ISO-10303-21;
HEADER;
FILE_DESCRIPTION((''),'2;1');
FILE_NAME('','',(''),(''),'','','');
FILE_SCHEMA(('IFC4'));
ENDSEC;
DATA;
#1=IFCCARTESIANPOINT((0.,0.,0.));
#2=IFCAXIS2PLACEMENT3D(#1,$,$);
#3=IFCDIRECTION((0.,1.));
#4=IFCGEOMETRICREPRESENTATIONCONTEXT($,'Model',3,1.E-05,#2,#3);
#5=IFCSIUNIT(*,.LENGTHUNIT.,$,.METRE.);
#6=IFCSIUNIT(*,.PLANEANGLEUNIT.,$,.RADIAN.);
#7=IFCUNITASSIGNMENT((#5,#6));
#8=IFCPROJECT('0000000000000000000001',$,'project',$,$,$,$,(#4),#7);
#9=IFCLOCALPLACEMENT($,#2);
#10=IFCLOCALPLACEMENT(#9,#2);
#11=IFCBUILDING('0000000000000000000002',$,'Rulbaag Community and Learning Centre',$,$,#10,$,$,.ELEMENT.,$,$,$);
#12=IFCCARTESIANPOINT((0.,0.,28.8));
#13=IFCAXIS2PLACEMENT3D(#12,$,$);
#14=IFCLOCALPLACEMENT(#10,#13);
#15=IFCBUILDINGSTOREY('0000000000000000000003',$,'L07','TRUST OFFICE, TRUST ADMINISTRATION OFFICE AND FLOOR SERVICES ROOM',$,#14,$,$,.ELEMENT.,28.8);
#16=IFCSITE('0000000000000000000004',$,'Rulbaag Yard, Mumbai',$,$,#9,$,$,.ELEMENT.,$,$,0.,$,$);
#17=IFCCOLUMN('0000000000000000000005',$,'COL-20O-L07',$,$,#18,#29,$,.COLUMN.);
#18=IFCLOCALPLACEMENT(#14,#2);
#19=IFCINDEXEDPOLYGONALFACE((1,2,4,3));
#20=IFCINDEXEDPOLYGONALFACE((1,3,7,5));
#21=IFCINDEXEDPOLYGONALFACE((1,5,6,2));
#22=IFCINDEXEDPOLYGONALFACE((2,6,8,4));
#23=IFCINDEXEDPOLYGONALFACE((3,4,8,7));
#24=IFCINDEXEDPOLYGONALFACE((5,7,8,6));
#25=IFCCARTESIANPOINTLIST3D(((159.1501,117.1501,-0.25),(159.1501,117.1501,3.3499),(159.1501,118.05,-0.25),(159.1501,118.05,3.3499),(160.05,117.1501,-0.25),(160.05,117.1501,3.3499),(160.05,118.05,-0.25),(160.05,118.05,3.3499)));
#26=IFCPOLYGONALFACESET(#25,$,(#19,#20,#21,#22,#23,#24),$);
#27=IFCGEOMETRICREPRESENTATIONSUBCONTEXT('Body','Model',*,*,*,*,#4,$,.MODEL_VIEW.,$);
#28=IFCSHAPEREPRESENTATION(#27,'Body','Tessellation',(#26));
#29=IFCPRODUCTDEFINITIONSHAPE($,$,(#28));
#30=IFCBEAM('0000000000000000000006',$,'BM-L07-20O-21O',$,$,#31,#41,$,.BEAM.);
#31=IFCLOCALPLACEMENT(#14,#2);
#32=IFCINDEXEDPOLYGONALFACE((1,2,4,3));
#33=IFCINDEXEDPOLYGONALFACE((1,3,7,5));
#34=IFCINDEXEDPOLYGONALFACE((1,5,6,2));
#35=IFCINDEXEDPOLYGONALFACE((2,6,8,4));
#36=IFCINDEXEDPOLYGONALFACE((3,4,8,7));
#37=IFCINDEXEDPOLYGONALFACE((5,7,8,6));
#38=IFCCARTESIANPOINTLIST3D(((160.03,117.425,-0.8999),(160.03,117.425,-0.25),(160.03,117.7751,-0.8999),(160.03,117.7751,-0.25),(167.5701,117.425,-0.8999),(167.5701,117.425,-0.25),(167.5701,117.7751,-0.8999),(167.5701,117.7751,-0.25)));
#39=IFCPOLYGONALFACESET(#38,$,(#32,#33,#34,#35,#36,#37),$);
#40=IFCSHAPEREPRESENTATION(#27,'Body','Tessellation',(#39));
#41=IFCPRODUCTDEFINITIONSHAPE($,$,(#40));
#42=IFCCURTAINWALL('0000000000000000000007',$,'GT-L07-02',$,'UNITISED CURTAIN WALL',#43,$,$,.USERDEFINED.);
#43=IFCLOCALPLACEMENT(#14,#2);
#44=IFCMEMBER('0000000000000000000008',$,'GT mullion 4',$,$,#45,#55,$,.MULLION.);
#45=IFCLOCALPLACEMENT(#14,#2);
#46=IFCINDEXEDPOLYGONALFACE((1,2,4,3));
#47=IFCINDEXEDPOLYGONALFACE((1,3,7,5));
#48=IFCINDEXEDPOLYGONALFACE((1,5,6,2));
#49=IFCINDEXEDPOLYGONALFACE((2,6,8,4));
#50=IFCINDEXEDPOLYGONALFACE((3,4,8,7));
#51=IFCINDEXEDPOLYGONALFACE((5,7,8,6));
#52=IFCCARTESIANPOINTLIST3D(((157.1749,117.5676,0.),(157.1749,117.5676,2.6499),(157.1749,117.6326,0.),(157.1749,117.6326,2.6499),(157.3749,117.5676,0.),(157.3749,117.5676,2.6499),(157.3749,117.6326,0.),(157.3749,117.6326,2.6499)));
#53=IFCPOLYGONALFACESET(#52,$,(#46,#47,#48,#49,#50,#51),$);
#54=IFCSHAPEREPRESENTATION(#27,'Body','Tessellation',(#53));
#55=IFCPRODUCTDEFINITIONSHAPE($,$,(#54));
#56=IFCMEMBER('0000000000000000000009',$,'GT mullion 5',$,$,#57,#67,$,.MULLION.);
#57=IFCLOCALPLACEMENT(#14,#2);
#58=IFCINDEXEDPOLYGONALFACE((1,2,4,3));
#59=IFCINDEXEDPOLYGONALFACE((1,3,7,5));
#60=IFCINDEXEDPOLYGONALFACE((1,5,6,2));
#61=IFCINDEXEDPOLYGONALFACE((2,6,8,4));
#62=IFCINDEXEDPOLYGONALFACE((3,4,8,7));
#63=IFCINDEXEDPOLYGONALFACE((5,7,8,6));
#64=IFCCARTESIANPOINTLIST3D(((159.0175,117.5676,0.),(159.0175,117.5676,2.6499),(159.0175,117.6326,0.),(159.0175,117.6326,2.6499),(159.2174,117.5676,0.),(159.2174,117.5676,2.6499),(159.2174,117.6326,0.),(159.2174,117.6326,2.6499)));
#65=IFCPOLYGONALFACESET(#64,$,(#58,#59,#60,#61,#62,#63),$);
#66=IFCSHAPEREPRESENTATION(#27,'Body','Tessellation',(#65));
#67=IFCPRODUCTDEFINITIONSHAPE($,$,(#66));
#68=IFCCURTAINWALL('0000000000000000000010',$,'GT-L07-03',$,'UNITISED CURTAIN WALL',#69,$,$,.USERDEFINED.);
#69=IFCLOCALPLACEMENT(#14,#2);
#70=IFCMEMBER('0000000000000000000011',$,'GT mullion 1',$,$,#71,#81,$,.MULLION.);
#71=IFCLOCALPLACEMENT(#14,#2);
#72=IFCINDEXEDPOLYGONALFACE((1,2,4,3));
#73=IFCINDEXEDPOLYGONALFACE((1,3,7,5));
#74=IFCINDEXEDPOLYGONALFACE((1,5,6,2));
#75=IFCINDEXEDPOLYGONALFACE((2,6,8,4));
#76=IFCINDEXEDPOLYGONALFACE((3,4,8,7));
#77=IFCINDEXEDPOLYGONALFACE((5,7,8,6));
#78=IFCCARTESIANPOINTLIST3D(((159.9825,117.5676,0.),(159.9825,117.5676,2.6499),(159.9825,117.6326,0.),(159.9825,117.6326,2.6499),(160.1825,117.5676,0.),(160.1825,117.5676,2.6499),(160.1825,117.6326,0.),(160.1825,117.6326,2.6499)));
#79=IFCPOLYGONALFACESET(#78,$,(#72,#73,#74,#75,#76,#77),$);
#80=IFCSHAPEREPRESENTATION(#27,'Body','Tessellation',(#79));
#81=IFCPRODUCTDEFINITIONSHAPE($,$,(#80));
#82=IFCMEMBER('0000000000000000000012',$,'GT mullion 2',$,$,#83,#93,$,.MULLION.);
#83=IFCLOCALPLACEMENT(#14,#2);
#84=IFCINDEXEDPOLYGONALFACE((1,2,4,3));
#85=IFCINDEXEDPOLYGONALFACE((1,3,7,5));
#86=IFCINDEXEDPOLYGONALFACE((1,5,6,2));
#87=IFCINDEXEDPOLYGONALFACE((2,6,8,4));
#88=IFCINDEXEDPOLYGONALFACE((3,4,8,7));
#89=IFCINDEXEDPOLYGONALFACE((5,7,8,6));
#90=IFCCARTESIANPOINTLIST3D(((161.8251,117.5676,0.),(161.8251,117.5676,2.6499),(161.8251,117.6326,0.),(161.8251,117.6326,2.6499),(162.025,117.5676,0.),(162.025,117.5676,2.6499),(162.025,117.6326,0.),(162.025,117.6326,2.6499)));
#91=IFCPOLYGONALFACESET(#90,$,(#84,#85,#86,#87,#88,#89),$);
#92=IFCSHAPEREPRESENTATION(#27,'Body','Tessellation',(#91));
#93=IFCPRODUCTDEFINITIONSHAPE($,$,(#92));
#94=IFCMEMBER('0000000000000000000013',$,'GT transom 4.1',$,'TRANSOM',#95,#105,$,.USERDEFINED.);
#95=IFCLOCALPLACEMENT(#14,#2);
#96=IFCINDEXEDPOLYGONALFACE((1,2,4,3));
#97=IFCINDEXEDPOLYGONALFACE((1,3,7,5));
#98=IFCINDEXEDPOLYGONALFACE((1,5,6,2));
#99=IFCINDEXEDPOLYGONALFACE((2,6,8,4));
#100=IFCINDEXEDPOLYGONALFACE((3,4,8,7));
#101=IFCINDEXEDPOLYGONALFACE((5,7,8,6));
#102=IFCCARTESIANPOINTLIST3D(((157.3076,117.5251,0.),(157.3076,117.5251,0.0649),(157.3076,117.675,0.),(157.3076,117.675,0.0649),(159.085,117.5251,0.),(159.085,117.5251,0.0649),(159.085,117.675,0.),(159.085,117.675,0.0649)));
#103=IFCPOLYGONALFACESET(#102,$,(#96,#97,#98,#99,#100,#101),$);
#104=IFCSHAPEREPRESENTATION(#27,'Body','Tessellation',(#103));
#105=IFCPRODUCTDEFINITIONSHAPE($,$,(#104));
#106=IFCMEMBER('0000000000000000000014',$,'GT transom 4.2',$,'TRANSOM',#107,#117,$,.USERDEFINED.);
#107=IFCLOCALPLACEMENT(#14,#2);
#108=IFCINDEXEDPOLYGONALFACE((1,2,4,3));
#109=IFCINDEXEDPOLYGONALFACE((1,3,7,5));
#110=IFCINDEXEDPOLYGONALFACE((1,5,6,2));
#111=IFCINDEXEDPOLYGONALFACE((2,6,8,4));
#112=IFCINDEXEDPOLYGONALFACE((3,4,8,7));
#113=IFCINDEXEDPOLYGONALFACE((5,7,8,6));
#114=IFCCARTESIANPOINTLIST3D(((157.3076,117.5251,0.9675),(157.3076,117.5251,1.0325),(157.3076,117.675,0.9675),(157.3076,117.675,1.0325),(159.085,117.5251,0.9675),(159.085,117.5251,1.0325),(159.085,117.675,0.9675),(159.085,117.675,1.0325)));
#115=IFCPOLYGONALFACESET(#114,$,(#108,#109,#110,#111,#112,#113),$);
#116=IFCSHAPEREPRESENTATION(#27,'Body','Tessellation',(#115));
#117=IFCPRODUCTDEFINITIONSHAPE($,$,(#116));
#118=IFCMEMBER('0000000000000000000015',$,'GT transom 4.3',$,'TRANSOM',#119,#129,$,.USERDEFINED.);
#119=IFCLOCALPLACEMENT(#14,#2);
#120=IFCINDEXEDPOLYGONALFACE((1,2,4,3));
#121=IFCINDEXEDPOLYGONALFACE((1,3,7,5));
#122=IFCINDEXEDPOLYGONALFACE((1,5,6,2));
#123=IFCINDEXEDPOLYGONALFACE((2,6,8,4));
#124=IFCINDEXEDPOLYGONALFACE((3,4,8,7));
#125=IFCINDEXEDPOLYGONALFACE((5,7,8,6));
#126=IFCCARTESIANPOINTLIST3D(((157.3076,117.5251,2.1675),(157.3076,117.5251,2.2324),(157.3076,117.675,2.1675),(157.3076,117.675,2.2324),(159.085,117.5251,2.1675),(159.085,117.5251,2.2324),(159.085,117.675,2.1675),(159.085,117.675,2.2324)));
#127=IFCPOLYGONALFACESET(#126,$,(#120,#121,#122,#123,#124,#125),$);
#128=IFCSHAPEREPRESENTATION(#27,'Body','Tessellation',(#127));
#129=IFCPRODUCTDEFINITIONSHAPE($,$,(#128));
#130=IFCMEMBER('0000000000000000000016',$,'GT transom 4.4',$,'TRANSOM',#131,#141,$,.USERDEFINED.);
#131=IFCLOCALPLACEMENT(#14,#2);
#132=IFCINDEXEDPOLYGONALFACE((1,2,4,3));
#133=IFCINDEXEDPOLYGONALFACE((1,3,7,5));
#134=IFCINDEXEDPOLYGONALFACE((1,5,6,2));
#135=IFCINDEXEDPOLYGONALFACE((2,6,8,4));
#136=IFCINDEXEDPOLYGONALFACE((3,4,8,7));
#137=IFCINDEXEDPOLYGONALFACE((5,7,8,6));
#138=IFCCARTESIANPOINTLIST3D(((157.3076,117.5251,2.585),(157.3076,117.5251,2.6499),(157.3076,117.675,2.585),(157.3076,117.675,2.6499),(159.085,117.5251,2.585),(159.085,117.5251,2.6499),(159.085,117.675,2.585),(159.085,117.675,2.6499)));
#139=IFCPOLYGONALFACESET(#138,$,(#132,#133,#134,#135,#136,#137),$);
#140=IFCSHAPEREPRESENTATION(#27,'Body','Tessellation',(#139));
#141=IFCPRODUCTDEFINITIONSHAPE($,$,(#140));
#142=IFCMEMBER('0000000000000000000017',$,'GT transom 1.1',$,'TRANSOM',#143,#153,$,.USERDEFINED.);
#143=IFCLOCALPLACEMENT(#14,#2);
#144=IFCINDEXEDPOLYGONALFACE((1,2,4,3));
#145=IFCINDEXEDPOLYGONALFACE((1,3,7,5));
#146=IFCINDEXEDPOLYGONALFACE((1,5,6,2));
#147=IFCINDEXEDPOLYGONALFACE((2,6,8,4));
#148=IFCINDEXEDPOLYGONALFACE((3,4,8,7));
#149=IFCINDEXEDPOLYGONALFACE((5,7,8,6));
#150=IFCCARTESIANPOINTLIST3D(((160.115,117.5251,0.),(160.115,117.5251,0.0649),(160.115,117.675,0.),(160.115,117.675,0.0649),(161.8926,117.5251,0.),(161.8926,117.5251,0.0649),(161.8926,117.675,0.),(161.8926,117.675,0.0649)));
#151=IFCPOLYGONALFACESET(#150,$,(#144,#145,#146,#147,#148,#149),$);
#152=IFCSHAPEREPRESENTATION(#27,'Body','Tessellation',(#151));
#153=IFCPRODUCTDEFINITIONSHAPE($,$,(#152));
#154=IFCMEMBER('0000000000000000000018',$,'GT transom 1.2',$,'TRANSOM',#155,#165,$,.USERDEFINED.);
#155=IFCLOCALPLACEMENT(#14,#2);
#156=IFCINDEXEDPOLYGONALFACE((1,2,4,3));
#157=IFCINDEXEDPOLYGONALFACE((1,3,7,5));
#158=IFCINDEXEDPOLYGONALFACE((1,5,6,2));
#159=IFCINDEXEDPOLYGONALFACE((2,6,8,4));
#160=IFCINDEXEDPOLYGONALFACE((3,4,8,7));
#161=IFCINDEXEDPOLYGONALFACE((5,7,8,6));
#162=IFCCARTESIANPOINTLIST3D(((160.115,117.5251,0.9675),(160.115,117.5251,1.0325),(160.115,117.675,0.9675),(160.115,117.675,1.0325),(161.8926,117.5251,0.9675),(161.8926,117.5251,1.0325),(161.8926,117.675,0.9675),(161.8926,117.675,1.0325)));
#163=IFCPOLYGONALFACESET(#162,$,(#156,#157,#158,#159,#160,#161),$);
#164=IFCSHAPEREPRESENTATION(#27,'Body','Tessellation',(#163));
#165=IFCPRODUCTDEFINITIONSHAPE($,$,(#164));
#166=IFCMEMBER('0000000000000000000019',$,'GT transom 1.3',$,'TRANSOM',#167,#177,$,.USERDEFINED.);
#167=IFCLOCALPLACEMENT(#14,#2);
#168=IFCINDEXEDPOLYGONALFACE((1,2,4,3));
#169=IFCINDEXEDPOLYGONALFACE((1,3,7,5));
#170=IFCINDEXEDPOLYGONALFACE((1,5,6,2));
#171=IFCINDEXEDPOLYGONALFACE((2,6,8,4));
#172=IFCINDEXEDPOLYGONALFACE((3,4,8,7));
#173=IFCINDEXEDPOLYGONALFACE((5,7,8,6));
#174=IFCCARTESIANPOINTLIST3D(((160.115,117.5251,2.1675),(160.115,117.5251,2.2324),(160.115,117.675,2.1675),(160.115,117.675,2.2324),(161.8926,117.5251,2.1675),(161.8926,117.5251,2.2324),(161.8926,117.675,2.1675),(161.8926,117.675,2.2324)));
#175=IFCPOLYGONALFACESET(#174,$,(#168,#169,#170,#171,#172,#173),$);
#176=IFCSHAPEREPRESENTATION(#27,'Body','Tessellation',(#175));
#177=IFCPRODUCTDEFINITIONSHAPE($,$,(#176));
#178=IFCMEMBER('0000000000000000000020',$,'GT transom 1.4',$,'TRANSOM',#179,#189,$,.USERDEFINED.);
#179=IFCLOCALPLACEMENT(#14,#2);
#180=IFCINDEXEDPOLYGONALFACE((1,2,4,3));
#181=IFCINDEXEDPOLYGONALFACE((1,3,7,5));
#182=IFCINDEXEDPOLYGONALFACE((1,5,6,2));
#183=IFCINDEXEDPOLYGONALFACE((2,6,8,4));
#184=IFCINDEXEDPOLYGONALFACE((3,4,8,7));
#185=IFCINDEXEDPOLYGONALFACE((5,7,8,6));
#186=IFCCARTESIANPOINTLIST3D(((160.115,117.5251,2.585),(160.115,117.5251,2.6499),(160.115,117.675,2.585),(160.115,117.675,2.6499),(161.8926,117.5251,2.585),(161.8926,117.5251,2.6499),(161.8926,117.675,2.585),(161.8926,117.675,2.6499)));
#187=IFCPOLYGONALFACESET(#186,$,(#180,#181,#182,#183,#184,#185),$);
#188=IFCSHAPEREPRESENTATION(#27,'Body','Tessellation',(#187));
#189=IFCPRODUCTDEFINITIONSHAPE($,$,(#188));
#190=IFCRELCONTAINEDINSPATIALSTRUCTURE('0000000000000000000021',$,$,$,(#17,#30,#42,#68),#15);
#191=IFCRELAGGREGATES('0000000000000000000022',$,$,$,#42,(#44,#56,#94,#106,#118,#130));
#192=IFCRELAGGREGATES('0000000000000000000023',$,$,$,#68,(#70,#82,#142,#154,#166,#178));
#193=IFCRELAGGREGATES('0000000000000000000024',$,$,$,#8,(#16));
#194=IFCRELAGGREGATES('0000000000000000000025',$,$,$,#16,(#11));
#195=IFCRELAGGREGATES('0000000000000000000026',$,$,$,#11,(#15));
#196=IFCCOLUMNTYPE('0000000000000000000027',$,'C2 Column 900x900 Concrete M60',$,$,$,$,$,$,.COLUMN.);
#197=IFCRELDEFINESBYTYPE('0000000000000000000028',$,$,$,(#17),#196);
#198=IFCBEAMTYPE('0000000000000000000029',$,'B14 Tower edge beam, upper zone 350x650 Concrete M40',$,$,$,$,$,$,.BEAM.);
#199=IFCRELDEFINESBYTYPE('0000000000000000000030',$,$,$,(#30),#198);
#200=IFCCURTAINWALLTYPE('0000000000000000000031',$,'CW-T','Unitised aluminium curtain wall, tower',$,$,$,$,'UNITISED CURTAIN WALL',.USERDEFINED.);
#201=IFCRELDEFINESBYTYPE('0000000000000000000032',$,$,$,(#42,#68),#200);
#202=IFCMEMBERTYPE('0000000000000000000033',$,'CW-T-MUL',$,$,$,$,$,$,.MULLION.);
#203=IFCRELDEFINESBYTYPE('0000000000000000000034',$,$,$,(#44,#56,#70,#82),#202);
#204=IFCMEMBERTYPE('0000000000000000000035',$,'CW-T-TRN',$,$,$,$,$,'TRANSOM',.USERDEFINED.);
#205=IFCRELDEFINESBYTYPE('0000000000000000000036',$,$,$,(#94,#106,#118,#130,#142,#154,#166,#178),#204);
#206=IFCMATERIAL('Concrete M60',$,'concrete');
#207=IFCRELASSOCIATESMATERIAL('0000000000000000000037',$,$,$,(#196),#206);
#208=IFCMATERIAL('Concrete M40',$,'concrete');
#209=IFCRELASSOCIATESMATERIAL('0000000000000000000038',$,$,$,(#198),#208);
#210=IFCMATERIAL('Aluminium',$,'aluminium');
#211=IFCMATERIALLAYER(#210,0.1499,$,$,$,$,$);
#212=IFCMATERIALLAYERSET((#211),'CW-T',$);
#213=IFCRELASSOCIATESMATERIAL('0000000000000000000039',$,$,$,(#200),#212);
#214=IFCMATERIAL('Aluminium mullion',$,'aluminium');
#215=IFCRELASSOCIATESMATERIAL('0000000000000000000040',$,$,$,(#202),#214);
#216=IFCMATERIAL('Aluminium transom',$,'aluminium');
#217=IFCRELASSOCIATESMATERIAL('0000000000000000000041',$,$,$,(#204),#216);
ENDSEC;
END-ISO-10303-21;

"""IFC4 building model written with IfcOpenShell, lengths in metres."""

from ifc_helpers import new_model, si_unit, direction, frame, origin, origin_2d, place, context, subcontext, project, spatial, rectangle, extrude, material, layer, layer_set, material_profile, profile_set, type_object, element, aggregate, save


model = new_model("IFC4")

# Units and contexts
model_context = context("Model", 3, precision=1e-05, world=origin(), true_north=direction((0.0, 1.0)))
body_context = subcontext(model_context, "Body", "Model", "MODEL_VIEW")
ifc_project = project(units=[si_unit("LENGTHUNIT", "METRE"), si_unit("PLANEANGLEUNIT", "RADIAN")], contexts=[model_context])

# Site, building, storey
site_placement = place(None, origin())
site = spatial("IfcSite", under=ifc_project, at=site_placement, Name="Rulbaag Yard, Mumbai", CompositionType="ELEMENT", RefElevation=0.0)
building_placement = place(site_placement, origin())
building = spatial("IfcBuilding", under=site, at=building_placement, Name="Rulbaag Community and Learning Centre", CompositionType="ELEMENT")
storey_placement = place(building_placement, frame((0.0, 0.0, 28.8)))
storey = spatial("IfcBuildingStorey", under=building, at=storey_placement, Name="L07", Description="TRUST OFFICE, TRUST ADMINISTRATION OFFICE AND FLOOR SERVICES ROOM", CompositionType="ELEMENT", Elevation=28.8)

# Column
ifc_material_1 = material(Name="Concrete M60", Category="concrete")
ifc_material_profile_1 = material_profile(ifc_material_1, rectangle(XDim=0.8999, YDim=0.8999, at=origin_2d()), Name="RC900x900")
ifc_profile_set_1 = profile_set([ifc_material_profile_1], Name="Concrete M60")
column_type = type_object("IfcColumnType", Name="C2 Column 900x900 Concrete M60", PredefinedType="COLUMN", material=ifc_profile_set_1)
column_placement = place(storey_placement, frame((159.6001, 117.6001, -0.25), z_axis=(0.0, 0.0, 1.0), x_axis=(1.0, 0.0, 0.0)))
element("IfcColumn", 1, at=column_placement, inside=storey, type_object=column_type, Name="COL-20O-L07", PredefinedType="COLUMN", context=body_context, shape_type="SweptSolid", body=[
    extrude(rectangle(XDim=0.8999, YDim=0.8999, at=origin_2d()), origin(), (0.0, 0.0, 1.0), 3.5999),
])

# Beam
ifc_material_2 = material(Name="Concrete M40", Category="concrete")
ifc_material_profile_2 = material_profile(ifc_material_2, rectangle(XDim=0.3501, YDim=0.6499, at=origin_2d()), Name="RB350x650")
ifc_profile_set_2 = profile_set([ifc_material_profile_2], Name="Concrete M40")
beam_type = type_object("IfcBeamType", Name="B14 Tower edge beam, upper zone 350x650 Concrete M40", PredefinedType="BEAM", material=ifc_profile_set_2)
beam_placement = place(storey_placement, frame((160.03, 117.6001, -0.575), z_axis=(1.0, 0.0, 0.0), x_axis=(0.0, 1.0, 0.0)))
element("IfcBeam", 2, at=beam_placement, inside=storey, type_object=beam_type, Name="BM-L07-20O-21O", PredefinedType="BEAM", context=body_context, shape_type="SweptSolid", body=[
    extrude(rectangle(XDim=0.3501, YDim=0.6499, at=origin_2d()), origin(), (0.0, 0.0, 1.0), 7.54),
])

# Curtain walls, members
ifc_material_3 = material(Name="Aluminium", Category="aluminium")
ifc_layer_1 = layer(ifc_material_3, 0.1499)
ifc_layer_set_1 = layer_set([ifc_layer_1], Name="CW-T")
curtain_wall_type = type_object("IfcCurtainWallType", Name="CW-T", Description="Unitised aluminium curtain wall, tower", ElementType="UNITISED CURTAIN WALL", PredefinedType="USERDEFINED", material=ifc_layer_set_1)
curtain_wall_1_placement = place(storey_placement, origin())
curtain_wall_1 = element("IfcCurtainWall", 3, at=curtain_wall_1_placement, inside=storey, type_object=curtain_wall_type, Name="GT-L07-02", ObjectType="UNITISED CURTAIN WALL", PredefinedType="USERDEFINED")
ifc_material_4 = material(Name="Aluminium mullion", Category="aluminium")
ifc_material_profile_3 = material_profile(ifc_material_4, rectangle(XDim=0.0649, YDim=0.2, at=origin_2d()), Name="AL 65x200")
ifc_profile_set_3 = profile_set([ifc_material_profile_3], Name="Aluminium mullion")
member_type_1 = type_object("IfcMemberType", Name="CW-T-MUL", PredefinedType="MULLION", material=ifc_profile_set_3)
member_1_placement = place(storey_placement, frame((157.2749, 117.6001, 0.0), z_axis=(0.0, 0.0, 1.0), x_axis=(0.0, 1.0, 0.0)))
member_1 = element("IfcMember", 4, at=member_1_placement, type_object=member_type_1, Name="GT mullion 4", PredefinedType="MULLION", context=body_context, shape_type="SweptSolid", body=[
    extrude(rectangle(XDim=0.0649, YDim=0.2, at=origin_2d()), origin(), (0.0, 0.0, 1.0), 2.6499),
])
member_2_placement = place(storey_placement, frame((159.1174, 117.6001, 0.0), z_axis=(0.0, 0.0, 1.0), x_axis=(0.0, 1.0, 0.0)))
member_2 = element("IfcMember", 5, at=member_2_placement, type_object=member_type_1, Name="GT mullion 5", PredefinedType="MULLION", context=body_context, shape_type="SweptSolid", body=[
    extrude(rectangle(XDim=0.0649, YDim=0.2, at=origin_2d()), origin(), (0.0, 0.0, 1.0), 2.6499),
])
curtain_wall_2_placement = place(storey_placement, origin())
curtain_wall_2 = element("IfcCurtainWall", 6, at=curtain_wall_2_placement, inside=storey, type_object=curtain_wall_type, Name="GT-L07-03", ObjectType="UNITISED CURTAIN WALL", PredefinedType="USERDEFINED")
member_3_placement = place(storey_placement, frame((160.0825, 117.6001, 0.0), z_axis=(0.0, 0.0, 1.0), x_axis=(0.0, 1.0, 0.0)))
member_3 = element("IfcMember", 7, at=member_3_placement, type_object=member_type_1, Name="GT mullion 1", PredefinedType="MULLION", context=body_context, shape_type="SweptSolid", body=[
    extrude(rectangle(XDim=0.0649, YDim=0.2, at=origin_2d()), origin(), (0.0, 0.0, 1.0), 2.6499),
])
member_4_placement = place(storey_placement, frame((161.925, 117.6001, 0.0), z_axis=(0.0, 0.0, 1.0), x_axis=(0.0, 1.0, 0.0)))
member_4 = element("IfcMember", 8, at=member_4_placement, type_object=member_type_1, Name="GT mullion 2", PredefinedType="MULLION", context=body_context, shape_type="SweptSolid", body=[
    extrude(rectangle(XDim=0.0649, YDim=0.2, at=origin_2d()), origin(), (0.0, 0.0, 1.0), 2.6499),
])

# Members
ifc_material_5 = material(Name="Aluminium transom", Category="aluminium")
ifc_material_profile_4 = material_profile(ifc_material_5, rectangle(XDim=0.1499, YDim=0.0649, at=origin_2d()), Name="AL 65x150 T")
ifc_profile_set_4 = profile_set([ifc_material_profile_4], Name="Aluminium transom")
member_type_2 = type_object("IfcMemberType", Name="CW-T-TRN", ElementType="TRANSOM", PredefinedType="USERDEFINED", material=ifc_profile_set_4)
member_5_placement = place(storey_placement, frame((157.3076, 117.6001, 0.0325), z_axis=(1.0, 0.0, 0.0), x_axis=(0.0, 1.0, 0.0)))
member_5 = element("IfcMember", 9, at=member_5_placement, type_object=member_type_2, Name="GT transom 4.1", ObjectType="TRANSOM", PredefinedType="USERDEFINED", context=body_context, shape_type="SweptSolid", body=[
    extrude(rectangle(XDim=0.1499, YDim=0.0649, at=origin_2d()), origin(), (0.0, 0.0, 1.0), 1.7773),
])
member_6_placement = place(storey_placement, frame((157.3076, 117.6001, 1.0), z_axis=(1.0, 0.0, 0.0), x_axis=(0.0, 1.0, 0.0)))
member_6 = element("IfcMember", 10, at=member_6_placement, type_object=member_type_2, Name="GT transom 4.2", ObjectType="TRANSOM", PredefinedType="USERDEFINED", context=body_context, shape_type="SweptSolid", body=[
    extrude(rectangle(XDim=0.1499, YDim=0.0649, at=origin_2d()), origin(), (0.0, 0.0, 1.0), 1.7773),
])
member_7_placement = place(storey_placement, frame((157.3076, 117.6001, 2.2), z_axis=(1.0, 0.0, 0.0), x_axis=(0.0, 1.0, 0.0)))
member_7 = element("IfcMember", 11, at=member_7_placement, type_object=member_type_2, Name="GT transom 4.3", ObjectType="TRANSOM", PredefinedType="USERDEFINED", context=body_context, shape_type="SweptSolid", body=[
    extrude(rectangle(XDim=0.1499, YDim=0.0649, at=origin_2d()), origin(), (0.0, 0.0, 1.0), 1.7773),
])
member_8_placement = place(storey_placement, frame((157.3076, 117.6001, 2.6174), z_axis=(1.0, 0.0, 0.0), x_axis=(0.0, 1.0, 0.0)))
member_8 = element("IfcMember", 12, at=member_8_placement, type_object=member_type_2, Name="GT transom 4.4", ObjectType="TRANSOM", PredefinedType="USERDEFINED", context=body_context, shape_type="SweptSolid", body=[
    extrude(rectangle(XDim=0.1499, YDim=0.0649, at=origin_2d()), origin(), (0.0, 0.0, 1.0), 1.7773),
])
member_9_placement = place(storey_placement, frame((160.115, 117.6001, 0.0325), z_axis=(1.0, 0.0, 0.0), x_axis=(0.0, 1.0, 0.0)))
member_9 = element("IfcMember", 13, at=member_9_placement, type_object=member_type_2, Name="GT transom 1.1", ObjectType="TRANSOM", PredefinedType="USERDEFINED", context=body_context, shape_type="SweptSolid", body=[
    extrude(rectangle(XDim=0.1499, YDim=0.0649, at=origin_2d()), origin(), (0.0, 0.0, 1.0), 1.7776),
])
member_10_placement = place(storey_placement, frame((160.115, 117.6001, 1.0), z_axis=(1.0, 0.0, 0.0), x_axis=(0.0, 1.0, 0.0)))
member_10 = element("IfcMember", 14, at=member_10_placement, type_object=member_type_2, Name="GT transom 1.2", ObjectType="TRANSOM", PredefinedType="USERDEFINED", context=body_context, shape_type="SweptSolid", body=[
    extrude(rectangle(XDim=0.1499, YDim=0.0649, at=origin_2d()), origin(), (0.0, 0.0, 1.0), 1.7776),
])
member_11_placement = place(storey_placement, frame((160.115, 117.6001, 2.2), z_axis=(1.0, 0.0, 0.0), x_axis=(0.0, 1.0, 0.0)))
member_11 = element("IfcMember", 15, at=member_11_placement, type_object=member_type_2, Name="GT transom 1.3", ObjectType="TRANSOM", PredefinedType="USERDEFINED", context=body_context, shape_type="SweptSolid", body=[
    extrude(rectangle(XDim=0.1499, YDim=0.0649, at=origin_2d()), origin(), (0.0, 0.0, 1.0), 1.7776),
])
member_12_placement = place(storey_placement, frame((160.115, 117.6001, 2.6174), z_axis=(1.0, 0.0, 0.0), x_axis=(0.0, 1.0, 0.0)))
member_12 = element("IfcMember", 16, at=member_12_placement, type_object=member_type_2, Name="GT transom 1.4", ObjectType="TRANSOM", PredefinedType="USERDEFINED", context=body_context, shape_type="SweptSolid", body=[
    extrude(rectangle(XDim=0.1499, YDim=0.0649, at=origin_2d()), origin(), (0.0, 0.0, 1.0), 1.7776),
])

aggregate(curtain_wall_1, [member_1, member_2, member_5, member_6, member_7, member_8])
aggregate(curtain_wall_2, [member_3, member_4, member_9, member_10, member_11, member_12])

save(model, "model.ifc")
